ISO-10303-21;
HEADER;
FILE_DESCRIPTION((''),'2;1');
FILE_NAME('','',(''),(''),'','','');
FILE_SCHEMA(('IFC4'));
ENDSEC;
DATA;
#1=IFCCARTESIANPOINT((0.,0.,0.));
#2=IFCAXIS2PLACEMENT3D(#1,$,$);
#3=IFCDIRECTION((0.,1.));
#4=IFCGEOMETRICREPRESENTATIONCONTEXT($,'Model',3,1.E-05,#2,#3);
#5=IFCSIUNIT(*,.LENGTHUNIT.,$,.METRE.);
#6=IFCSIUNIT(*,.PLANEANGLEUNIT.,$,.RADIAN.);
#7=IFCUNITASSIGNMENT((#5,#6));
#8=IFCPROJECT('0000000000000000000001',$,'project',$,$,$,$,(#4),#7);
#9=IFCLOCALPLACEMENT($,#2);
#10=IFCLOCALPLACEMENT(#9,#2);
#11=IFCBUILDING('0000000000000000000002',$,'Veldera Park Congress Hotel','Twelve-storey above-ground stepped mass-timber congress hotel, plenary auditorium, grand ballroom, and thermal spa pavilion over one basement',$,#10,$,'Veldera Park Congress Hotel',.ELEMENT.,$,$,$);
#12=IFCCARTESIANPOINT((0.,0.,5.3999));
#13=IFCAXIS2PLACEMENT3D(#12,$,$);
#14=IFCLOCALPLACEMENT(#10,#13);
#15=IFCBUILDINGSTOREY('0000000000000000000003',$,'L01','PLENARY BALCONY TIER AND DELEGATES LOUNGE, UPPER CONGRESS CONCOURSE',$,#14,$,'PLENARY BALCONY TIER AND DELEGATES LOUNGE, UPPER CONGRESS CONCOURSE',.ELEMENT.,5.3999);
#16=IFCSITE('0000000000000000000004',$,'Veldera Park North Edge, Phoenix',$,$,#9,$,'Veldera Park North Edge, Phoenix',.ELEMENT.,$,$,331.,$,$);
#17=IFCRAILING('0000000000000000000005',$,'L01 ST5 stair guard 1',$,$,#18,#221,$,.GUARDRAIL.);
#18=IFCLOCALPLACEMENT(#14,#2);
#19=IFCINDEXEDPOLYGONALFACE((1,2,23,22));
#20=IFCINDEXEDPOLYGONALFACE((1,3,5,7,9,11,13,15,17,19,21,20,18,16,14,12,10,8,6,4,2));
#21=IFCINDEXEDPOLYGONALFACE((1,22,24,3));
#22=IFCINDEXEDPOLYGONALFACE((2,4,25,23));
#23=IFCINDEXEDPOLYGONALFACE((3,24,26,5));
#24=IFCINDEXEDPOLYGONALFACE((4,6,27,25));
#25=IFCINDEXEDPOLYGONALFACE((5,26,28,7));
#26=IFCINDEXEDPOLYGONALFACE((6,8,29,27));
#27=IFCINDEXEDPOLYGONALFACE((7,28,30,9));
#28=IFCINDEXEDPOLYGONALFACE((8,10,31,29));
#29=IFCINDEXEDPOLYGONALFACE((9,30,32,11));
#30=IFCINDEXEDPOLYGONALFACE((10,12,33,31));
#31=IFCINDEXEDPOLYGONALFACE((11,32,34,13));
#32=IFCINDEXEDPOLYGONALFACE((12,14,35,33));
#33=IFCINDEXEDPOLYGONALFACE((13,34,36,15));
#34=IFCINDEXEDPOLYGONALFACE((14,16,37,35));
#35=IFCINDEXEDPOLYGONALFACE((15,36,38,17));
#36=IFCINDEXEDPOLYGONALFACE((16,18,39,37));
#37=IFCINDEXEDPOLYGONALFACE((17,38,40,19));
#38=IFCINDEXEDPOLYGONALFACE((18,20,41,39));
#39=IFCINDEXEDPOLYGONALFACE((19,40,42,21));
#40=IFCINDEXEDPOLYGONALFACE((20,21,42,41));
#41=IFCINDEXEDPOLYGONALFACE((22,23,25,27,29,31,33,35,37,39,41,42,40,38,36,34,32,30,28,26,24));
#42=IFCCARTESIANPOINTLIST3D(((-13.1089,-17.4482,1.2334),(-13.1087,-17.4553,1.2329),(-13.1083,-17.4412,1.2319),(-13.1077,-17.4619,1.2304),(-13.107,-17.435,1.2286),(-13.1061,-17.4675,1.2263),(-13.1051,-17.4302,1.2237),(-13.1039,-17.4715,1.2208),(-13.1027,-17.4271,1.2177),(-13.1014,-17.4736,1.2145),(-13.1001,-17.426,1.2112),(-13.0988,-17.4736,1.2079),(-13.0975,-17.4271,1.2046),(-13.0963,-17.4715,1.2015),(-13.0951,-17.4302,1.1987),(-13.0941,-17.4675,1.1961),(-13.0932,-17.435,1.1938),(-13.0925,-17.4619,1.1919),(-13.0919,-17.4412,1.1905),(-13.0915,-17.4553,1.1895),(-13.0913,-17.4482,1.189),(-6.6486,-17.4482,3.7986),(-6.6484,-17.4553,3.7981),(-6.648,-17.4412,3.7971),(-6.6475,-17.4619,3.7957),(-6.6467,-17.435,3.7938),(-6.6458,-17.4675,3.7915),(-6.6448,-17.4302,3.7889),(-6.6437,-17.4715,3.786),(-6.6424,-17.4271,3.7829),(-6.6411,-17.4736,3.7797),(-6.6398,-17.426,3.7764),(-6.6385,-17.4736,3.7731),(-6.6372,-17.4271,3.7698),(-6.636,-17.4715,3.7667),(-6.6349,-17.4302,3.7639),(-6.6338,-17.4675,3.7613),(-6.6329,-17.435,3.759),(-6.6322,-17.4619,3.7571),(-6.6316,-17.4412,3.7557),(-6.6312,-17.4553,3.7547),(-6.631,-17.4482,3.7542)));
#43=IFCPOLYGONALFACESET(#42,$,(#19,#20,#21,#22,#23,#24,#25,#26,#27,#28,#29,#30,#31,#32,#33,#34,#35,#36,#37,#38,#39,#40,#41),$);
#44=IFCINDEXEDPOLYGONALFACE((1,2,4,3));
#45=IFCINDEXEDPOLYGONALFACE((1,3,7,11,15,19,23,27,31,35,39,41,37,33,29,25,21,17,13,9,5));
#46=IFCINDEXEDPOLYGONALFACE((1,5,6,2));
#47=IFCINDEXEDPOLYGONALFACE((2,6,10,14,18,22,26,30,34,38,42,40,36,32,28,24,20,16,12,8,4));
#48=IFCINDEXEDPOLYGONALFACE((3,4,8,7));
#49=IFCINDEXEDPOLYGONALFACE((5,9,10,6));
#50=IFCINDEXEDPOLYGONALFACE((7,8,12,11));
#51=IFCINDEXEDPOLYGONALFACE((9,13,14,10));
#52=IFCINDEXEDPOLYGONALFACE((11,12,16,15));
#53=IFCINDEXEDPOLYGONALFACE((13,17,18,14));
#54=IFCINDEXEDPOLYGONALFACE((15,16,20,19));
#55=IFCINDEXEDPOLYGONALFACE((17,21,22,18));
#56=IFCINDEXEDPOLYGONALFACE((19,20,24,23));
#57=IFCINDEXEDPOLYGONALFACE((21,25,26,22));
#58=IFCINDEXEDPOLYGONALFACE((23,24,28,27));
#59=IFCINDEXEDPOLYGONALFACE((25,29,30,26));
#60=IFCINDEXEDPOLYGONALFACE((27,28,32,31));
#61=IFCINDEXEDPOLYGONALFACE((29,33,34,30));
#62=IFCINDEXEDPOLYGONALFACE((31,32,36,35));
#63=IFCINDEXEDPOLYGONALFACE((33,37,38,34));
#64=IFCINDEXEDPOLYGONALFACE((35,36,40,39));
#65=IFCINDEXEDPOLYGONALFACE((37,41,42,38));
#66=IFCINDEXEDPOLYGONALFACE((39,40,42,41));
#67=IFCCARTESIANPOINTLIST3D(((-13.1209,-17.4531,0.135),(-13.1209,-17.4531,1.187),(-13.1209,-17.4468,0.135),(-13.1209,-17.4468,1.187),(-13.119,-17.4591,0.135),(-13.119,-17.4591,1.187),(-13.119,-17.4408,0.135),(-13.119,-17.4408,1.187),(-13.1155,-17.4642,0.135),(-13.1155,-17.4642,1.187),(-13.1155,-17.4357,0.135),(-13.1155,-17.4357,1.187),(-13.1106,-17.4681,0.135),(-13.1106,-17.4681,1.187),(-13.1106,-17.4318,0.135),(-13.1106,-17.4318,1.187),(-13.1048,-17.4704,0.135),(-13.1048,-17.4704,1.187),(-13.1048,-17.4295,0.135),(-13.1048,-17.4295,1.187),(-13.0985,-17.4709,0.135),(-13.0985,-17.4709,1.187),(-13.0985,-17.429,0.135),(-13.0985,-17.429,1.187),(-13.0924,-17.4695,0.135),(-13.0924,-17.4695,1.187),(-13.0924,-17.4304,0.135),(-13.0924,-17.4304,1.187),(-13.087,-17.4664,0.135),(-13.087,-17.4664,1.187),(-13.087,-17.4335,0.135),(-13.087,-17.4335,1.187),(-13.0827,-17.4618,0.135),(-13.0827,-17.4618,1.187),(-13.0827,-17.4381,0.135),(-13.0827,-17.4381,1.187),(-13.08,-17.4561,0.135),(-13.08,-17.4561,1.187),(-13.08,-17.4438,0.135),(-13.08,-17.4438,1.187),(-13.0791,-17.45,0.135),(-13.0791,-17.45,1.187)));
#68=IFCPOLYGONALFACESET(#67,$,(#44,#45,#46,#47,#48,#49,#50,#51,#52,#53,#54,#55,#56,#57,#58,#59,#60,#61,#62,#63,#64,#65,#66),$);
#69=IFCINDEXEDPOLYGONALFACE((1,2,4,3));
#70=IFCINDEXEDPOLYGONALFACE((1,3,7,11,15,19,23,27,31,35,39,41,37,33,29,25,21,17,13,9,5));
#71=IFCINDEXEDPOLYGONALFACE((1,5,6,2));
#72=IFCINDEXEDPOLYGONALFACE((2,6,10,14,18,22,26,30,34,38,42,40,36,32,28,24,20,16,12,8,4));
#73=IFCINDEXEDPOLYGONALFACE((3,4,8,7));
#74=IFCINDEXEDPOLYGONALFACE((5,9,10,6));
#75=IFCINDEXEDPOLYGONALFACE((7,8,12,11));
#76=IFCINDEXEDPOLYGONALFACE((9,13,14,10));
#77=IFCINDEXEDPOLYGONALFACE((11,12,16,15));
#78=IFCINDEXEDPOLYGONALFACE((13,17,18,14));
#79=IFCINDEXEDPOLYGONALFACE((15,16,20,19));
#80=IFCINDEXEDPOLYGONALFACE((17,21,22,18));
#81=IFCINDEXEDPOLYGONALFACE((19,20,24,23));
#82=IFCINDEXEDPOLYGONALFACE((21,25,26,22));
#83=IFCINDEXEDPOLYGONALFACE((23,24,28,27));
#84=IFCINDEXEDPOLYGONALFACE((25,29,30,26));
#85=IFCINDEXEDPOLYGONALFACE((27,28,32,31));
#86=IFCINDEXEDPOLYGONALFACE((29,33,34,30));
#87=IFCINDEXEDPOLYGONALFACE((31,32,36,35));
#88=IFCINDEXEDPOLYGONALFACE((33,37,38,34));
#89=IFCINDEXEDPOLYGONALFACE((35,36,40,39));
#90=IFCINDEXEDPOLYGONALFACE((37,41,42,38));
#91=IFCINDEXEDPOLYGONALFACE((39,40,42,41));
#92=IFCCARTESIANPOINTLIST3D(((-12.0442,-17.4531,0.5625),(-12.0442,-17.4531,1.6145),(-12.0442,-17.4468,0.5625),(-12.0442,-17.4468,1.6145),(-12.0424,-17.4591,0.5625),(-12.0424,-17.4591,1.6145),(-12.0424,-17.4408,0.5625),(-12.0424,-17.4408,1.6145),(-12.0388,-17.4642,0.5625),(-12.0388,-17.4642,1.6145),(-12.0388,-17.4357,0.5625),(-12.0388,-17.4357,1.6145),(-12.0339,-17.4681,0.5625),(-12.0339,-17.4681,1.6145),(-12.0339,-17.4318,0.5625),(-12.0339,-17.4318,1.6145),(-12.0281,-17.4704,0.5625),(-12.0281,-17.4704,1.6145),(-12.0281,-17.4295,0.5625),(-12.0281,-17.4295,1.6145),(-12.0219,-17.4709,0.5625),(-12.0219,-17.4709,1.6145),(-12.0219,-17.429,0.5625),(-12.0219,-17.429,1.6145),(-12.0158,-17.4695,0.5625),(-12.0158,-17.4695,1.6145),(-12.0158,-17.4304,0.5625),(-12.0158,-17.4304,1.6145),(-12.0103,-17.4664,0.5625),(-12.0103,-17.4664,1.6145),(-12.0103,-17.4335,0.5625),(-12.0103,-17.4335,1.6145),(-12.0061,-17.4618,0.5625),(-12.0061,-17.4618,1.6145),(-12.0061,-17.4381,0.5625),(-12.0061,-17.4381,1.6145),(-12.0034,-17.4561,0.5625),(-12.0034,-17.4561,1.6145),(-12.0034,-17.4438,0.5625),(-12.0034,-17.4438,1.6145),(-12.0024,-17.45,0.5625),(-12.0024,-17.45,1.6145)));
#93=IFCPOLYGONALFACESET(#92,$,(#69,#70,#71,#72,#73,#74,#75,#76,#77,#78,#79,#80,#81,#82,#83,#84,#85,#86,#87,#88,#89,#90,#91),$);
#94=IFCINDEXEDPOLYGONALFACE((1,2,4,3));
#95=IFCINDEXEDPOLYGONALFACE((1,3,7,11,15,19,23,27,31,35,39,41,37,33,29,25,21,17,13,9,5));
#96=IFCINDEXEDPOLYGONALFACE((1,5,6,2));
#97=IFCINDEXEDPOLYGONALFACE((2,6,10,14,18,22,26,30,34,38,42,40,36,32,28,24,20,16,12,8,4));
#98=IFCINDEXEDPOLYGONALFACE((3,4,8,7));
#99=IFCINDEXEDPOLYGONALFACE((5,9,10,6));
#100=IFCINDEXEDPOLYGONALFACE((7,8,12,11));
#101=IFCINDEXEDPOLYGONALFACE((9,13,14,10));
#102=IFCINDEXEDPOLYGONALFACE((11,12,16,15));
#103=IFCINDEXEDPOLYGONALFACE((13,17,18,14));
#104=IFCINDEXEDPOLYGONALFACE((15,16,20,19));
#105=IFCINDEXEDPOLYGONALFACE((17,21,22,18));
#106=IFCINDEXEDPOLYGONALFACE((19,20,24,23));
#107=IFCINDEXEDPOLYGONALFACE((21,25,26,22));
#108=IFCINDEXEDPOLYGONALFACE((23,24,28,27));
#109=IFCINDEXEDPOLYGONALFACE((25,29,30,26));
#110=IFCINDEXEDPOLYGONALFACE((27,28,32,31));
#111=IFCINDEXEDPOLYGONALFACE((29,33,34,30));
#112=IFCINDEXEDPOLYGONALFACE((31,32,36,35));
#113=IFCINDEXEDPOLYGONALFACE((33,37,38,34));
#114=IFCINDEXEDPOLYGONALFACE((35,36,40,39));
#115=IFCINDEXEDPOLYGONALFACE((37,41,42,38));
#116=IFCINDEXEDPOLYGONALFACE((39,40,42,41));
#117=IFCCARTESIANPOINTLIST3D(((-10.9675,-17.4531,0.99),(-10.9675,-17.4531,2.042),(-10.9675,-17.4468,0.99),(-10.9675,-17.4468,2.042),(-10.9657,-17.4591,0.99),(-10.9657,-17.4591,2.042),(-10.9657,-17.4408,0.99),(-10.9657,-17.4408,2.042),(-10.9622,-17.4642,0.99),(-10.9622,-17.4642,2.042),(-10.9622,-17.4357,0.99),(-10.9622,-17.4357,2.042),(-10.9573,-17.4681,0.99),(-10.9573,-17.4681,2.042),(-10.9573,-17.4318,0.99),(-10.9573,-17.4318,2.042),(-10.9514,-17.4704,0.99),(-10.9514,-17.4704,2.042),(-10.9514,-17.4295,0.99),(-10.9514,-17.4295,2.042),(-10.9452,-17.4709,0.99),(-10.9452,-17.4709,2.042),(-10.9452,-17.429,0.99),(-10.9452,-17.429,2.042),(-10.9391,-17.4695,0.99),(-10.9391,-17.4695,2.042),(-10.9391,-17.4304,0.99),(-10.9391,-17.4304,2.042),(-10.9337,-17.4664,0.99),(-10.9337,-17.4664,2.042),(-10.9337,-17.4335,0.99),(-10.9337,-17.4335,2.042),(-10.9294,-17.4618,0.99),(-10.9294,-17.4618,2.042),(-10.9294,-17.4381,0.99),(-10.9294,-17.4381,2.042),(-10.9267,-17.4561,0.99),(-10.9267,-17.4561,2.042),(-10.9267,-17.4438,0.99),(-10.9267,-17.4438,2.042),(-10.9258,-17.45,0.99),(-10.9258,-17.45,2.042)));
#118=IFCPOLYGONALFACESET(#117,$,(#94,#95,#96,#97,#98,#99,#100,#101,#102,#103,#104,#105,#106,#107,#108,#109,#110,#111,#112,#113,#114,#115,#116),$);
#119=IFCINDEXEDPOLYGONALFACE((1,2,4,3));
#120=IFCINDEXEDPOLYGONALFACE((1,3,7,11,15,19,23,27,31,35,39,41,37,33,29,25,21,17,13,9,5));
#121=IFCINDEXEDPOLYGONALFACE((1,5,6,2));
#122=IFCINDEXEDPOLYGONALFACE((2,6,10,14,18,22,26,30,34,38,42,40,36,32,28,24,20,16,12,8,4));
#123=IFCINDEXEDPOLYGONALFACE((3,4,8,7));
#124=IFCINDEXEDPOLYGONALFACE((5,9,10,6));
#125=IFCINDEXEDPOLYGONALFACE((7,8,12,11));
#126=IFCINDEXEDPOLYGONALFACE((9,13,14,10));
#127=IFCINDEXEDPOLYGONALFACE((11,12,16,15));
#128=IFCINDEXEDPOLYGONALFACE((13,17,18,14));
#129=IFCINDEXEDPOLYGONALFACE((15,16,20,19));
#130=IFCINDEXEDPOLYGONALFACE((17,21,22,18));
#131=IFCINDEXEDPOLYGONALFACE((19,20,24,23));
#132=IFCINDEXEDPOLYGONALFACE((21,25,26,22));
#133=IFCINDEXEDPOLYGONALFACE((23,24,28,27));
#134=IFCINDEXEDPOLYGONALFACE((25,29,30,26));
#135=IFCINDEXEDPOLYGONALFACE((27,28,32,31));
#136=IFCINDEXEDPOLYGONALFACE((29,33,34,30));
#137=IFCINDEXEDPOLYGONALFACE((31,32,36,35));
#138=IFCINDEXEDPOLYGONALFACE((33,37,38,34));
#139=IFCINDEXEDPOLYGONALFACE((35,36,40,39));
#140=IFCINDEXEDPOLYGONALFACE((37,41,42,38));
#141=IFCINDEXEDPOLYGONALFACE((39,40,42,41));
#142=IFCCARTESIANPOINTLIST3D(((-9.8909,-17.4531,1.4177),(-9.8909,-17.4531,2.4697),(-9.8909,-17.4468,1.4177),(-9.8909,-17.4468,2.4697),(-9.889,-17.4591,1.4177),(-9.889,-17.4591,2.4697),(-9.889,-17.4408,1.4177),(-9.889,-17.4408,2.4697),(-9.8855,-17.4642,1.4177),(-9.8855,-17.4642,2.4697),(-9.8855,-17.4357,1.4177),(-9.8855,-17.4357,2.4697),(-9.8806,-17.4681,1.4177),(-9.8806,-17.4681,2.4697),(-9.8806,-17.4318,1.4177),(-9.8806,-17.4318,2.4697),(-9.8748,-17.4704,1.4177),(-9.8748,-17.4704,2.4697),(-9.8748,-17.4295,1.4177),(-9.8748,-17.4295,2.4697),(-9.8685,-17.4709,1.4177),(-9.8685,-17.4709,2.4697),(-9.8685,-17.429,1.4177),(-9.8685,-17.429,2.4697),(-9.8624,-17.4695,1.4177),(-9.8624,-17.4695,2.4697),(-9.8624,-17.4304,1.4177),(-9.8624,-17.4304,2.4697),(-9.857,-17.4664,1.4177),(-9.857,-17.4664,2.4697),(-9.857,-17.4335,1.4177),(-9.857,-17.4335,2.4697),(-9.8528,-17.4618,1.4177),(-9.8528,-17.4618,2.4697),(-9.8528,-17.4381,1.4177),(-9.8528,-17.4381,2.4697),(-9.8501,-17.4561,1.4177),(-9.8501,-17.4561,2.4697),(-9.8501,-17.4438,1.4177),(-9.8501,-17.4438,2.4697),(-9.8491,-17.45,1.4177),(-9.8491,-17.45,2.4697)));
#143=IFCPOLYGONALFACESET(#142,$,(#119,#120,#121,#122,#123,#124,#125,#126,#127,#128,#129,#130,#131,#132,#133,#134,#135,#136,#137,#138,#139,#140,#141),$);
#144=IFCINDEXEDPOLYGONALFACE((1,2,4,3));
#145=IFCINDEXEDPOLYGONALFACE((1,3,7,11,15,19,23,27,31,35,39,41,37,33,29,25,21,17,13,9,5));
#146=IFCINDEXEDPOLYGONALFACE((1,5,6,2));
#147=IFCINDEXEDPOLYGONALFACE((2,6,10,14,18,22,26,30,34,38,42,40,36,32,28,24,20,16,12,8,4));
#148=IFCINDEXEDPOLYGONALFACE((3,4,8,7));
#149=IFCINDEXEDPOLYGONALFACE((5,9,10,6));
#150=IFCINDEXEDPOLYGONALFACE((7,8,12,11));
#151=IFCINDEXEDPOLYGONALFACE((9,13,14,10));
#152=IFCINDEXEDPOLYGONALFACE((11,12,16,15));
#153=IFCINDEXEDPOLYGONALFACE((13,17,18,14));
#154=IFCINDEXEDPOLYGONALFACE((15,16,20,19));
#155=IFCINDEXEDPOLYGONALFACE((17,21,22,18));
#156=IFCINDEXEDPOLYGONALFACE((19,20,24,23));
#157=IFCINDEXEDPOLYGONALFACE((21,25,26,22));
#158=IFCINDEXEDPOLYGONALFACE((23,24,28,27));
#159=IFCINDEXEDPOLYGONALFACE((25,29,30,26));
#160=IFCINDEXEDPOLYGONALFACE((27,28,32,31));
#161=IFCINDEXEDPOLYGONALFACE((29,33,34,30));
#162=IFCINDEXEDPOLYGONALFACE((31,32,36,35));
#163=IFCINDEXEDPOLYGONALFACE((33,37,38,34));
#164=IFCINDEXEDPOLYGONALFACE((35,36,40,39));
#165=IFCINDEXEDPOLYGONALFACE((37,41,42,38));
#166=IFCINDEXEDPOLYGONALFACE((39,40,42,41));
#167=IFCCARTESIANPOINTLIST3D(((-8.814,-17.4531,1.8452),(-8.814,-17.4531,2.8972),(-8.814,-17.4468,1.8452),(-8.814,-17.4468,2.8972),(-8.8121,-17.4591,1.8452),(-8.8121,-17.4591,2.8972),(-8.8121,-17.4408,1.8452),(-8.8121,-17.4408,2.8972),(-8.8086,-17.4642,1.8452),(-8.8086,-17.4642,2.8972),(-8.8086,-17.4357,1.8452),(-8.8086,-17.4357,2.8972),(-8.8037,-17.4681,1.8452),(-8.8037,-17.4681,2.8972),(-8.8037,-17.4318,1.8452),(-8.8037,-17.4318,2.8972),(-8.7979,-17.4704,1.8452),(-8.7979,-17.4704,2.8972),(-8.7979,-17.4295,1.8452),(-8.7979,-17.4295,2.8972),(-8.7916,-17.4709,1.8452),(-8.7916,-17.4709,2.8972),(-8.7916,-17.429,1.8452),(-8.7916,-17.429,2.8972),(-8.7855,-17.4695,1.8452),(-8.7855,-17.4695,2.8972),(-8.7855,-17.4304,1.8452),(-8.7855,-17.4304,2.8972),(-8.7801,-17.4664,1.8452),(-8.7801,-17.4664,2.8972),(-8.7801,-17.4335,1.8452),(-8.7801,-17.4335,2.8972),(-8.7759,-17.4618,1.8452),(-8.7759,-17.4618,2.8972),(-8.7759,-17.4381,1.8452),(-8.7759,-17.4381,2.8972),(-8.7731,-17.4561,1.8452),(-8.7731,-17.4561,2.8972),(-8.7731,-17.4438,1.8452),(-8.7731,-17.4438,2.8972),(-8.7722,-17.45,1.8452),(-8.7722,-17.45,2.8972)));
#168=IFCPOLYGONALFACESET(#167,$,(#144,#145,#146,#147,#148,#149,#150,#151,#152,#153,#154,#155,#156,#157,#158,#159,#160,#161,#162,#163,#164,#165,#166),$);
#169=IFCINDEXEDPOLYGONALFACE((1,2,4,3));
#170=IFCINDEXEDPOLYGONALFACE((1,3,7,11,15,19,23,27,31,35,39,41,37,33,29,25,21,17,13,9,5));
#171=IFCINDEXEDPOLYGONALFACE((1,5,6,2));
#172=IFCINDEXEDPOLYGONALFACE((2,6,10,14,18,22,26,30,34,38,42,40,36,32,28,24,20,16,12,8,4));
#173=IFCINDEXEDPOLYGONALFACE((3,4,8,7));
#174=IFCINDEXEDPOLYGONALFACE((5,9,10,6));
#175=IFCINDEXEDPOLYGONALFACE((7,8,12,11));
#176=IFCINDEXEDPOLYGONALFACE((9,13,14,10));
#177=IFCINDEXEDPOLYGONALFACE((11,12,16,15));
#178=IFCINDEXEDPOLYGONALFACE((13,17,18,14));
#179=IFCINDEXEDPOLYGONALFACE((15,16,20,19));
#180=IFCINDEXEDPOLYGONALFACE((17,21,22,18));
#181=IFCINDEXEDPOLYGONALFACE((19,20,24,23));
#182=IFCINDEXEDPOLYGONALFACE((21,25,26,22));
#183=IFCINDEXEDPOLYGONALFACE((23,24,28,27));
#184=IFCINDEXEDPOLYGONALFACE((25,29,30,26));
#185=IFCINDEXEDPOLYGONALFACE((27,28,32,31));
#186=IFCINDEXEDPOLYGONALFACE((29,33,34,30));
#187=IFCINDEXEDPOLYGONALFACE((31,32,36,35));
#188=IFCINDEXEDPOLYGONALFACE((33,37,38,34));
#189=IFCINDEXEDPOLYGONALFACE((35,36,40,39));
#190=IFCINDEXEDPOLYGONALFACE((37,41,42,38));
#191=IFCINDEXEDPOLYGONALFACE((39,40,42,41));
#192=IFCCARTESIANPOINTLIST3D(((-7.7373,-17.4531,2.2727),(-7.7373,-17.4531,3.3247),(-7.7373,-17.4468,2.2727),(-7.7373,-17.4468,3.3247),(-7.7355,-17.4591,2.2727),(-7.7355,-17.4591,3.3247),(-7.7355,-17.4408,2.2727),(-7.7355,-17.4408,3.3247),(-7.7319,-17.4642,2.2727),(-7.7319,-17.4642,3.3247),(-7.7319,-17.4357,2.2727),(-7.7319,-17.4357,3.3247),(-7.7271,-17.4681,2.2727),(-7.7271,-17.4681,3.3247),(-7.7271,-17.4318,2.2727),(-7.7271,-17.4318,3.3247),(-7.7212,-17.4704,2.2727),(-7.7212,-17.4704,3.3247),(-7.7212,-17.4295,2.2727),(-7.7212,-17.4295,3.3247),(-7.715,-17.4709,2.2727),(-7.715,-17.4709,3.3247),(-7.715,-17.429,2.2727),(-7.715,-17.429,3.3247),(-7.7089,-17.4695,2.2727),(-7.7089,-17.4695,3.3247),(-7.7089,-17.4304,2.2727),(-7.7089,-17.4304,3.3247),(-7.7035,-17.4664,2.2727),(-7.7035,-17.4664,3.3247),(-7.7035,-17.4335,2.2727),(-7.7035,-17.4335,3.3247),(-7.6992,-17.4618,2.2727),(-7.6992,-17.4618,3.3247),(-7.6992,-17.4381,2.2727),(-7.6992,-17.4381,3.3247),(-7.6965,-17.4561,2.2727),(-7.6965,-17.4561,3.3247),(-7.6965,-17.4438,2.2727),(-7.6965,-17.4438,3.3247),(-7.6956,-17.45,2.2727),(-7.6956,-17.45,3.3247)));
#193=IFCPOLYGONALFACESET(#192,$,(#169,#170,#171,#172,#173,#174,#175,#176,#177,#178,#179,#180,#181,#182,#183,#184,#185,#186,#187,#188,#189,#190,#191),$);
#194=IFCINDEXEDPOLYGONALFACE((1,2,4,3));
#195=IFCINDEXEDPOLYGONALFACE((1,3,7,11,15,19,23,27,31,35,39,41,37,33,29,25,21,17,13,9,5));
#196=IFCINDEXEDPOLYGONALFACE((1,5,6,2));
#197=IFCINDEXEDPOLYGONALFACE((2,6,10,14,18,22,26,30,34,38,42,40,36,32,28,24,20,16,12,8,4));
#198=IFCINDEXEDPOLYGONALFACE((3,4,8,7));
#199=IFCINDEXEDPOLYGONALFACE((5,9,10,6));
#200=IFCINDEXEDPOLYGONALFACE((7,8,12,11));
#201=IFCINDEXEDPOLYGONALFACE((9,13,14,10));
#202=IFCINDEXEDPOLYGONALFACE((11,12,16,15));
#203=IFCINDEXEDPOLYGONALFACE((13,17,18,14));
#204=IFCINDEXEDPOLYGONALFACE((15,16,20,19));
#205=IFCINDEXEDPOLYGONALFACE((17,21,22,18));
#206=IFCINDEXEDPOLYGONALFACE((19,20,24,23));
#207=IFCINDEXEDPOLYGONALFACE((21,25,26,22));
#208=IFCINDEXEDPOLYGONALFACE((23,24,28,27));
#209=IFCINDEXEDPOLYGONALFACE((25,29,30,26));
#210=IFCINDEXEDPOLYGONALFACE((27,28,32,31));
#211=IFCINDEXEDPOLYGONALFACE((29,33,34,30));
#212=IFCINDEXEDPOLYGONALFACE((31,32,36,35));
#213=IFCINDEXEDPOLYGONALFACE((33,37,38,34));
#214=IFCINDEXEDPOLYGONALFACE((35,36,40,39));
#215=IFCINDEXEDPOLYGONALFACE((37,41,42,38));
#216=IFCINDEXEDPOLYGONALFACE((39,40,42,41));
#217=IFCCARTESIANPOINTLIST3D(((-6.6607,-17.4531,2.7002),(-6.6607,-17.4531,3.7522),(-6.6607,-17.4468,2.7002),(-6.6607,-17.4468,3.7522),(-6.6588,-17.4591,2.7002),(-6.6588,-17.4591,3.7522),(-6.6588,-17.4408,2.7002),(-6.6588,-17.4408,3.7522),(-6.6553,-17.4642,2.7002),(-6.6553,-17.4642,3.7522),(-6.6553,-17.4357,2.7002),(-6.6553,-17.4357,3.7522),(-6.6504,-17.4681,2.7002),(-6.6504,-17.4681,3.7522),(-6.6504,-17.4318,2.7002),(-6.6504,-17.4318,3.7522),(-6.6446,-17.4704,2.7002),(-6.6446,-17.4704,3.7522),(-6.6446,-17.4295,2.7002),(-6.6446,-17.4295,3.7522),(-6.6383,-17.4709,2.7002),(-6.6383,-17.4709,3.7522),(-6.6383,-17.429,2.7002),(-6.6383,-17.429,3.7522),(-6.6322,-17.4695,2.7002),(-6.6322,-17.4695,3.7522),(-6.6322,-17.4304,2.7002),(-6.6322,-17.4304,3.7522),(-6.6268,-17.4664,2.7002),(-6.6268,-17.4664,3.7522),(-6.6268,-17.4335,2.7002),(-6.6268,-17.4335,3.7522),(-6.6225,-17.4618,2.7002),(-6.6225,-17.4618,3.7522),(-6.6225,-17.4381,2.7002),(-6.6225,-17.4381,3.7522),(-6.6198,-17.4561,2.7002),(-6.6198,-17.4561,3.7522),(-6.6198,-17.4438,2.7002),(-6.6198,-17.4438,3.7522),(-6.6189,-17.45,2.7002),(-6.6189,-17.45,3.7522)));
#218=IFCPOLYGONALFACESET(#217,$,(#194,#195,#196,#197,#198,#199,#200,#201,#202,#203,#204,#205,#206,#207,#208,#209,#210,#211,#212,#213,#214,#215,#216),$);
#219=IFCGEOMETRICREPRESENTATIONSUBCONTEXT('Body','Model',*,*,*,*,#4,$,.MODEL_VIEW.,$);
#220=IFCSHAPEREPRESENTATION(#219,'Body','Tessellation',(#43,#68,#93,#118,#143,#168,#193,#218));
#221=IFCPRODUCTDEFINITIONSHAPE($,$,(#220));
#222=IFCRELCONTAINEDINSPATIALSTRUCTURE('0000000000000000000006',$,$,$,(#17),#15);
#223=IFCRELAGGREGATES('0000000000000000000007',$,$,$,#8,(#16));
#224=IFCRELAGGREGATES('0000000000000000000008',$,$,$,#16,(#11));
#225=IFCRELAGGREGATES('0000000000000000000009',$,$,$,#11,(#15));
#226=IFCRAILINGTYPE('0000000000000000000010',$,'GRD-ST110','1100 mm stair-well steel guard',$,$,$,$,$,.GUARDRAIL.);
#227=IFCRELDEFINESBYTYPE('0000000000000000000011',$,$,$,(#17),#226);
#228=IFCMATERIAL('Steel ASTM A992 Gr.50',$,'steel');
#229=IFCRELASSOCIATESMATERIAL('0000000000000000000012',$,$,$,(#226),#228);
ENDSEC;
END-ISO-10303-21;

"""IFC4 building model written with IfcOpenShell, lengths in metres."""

from ifc_helpers import new_model, si_unit, direction, frame, origin, origin_2d, place, context, subcontext, project, spatial, circle, extrude, material, type_object, element, save


model = new_model("IFC4")

# Units and contexts
model_context = context("Model", 3, precision=1e-05, world=origin(), true_north=direction((0.0, 1.0)))
body_context = subcontext(model_context, "Body", "Model", "MODEL_VIEW")
ifc_project = project(units=[si_unit("LENGTHUNIT", "METRE"), si_unit("PLANEANGLEUNIT", "RADIAN")], contexts=[model_context])

# Site, building, storey
site_placement = place(None, origin())
site = spatial("IfcSite", under=ifc_project, at=site_placement, Name="Veldera Park North Edge, Phoenix", LongName="Veldera Park North Edge, Phoenix", CompositionType="ELEMENT", RefElevation=331.0)
building_placement = place(site_placement, origin())
building = spatial("IfcBuilding", under=site, at=building_placement, Name="Veldera Park Congress Hotel", Description="Twelve-storey above-ground stepped mass-timber congress hotel, plenary auditorium, grand ballroom, and thermal spa pavilion over one basement", LongName="Veldera Park Congress Hotel", CompositionType="ELEMENT")
storey_placement = place(building_placement, frame((0.0, 0.0, 5.3999)))
storey = spatial("IfcBuildingStorey", under=building, at=storey_placement, Name="L01", Description="PLENARY BALCONY TIER AND DELEGATES LOUNGE, UPPER CONGRESS CONCOURSE", LongName="PLENARY BALCONY TIER AND DELEGATES LOUNGE, UPPER CONGRESS CONCOURSE", CompositionType="ELEMENT", Elevation=5.3999)

# Shared definitions
ifc_material_1 = material(Name="Steel ASTM A992 Gr.50", Category="steel")

# Railing
railing_type_1 = type_object("IfcRailingType", Name="GRD-ST110", Description="1100 mm stair-well steel guard", PredefinedType="GUARDRAIL", material=ifc_material_1)
railing_1_placement = place(storey_placement, frame((-13.1001, -17.45, 0.135)))
element("IfcRailing", 1, at=railing_1_placement, inside=storey, type_object=railing_type_1, Name="L01 ST5 stair guard 1", PredefinedType="GUARDRAIL", context=body_context, shape_type="SweptSolid", body=[
    extrude(circle(Radius=0.0239, at=origin_2d()), frame((0.0, 0.0, 1.0762), z_axis=(0.929411, 0.0, 0.369046), x_axis=(0.0, 1.0, 0.0)), (0.0, 0.0, 1.0), 6.9509),
    extrude(circle(Radius=0.021, at=origin_2d()), origin(), (0.0, 0.0, 1.0), 1.052),
    extrude(circle(Radius=0.021, at=origin_2d()), frame((1.0767, 0.0, 0.4275)), (0.0, 0.0, 1.0), 1.052),
    extrude(circle(Radius=0.021, at=origin_2d()), frame((2.1533, 0.0, 0.855)), (0.0, 0.0, 1.0), 1.052),
    extrude(circle(Radius=0.021, at=origin_2d()), frame((3.23, 0.0, 1.2827)), (0.0, 0.0, 1.0), 1.052),
    extrude(circle(Radius=0.021, at=origin_2d()), frame((4.3069, 0.0, 1.7102)), (0.0, 0.0, 1.0), 1.052),
    extrude(circle(Radius=0.021, at=origin_2d()), frame((5.3835, 0.0, 2.1377)), (0.0, 0.0, 1.0), 1.052),
    extrude(circle(Radius=0.021, at=origin_2d()), frame((6.4602, 0.0, 2.5652)), (0.0, 0.0, 1.0), 1.052),
])

save(model, "model.ifc")
